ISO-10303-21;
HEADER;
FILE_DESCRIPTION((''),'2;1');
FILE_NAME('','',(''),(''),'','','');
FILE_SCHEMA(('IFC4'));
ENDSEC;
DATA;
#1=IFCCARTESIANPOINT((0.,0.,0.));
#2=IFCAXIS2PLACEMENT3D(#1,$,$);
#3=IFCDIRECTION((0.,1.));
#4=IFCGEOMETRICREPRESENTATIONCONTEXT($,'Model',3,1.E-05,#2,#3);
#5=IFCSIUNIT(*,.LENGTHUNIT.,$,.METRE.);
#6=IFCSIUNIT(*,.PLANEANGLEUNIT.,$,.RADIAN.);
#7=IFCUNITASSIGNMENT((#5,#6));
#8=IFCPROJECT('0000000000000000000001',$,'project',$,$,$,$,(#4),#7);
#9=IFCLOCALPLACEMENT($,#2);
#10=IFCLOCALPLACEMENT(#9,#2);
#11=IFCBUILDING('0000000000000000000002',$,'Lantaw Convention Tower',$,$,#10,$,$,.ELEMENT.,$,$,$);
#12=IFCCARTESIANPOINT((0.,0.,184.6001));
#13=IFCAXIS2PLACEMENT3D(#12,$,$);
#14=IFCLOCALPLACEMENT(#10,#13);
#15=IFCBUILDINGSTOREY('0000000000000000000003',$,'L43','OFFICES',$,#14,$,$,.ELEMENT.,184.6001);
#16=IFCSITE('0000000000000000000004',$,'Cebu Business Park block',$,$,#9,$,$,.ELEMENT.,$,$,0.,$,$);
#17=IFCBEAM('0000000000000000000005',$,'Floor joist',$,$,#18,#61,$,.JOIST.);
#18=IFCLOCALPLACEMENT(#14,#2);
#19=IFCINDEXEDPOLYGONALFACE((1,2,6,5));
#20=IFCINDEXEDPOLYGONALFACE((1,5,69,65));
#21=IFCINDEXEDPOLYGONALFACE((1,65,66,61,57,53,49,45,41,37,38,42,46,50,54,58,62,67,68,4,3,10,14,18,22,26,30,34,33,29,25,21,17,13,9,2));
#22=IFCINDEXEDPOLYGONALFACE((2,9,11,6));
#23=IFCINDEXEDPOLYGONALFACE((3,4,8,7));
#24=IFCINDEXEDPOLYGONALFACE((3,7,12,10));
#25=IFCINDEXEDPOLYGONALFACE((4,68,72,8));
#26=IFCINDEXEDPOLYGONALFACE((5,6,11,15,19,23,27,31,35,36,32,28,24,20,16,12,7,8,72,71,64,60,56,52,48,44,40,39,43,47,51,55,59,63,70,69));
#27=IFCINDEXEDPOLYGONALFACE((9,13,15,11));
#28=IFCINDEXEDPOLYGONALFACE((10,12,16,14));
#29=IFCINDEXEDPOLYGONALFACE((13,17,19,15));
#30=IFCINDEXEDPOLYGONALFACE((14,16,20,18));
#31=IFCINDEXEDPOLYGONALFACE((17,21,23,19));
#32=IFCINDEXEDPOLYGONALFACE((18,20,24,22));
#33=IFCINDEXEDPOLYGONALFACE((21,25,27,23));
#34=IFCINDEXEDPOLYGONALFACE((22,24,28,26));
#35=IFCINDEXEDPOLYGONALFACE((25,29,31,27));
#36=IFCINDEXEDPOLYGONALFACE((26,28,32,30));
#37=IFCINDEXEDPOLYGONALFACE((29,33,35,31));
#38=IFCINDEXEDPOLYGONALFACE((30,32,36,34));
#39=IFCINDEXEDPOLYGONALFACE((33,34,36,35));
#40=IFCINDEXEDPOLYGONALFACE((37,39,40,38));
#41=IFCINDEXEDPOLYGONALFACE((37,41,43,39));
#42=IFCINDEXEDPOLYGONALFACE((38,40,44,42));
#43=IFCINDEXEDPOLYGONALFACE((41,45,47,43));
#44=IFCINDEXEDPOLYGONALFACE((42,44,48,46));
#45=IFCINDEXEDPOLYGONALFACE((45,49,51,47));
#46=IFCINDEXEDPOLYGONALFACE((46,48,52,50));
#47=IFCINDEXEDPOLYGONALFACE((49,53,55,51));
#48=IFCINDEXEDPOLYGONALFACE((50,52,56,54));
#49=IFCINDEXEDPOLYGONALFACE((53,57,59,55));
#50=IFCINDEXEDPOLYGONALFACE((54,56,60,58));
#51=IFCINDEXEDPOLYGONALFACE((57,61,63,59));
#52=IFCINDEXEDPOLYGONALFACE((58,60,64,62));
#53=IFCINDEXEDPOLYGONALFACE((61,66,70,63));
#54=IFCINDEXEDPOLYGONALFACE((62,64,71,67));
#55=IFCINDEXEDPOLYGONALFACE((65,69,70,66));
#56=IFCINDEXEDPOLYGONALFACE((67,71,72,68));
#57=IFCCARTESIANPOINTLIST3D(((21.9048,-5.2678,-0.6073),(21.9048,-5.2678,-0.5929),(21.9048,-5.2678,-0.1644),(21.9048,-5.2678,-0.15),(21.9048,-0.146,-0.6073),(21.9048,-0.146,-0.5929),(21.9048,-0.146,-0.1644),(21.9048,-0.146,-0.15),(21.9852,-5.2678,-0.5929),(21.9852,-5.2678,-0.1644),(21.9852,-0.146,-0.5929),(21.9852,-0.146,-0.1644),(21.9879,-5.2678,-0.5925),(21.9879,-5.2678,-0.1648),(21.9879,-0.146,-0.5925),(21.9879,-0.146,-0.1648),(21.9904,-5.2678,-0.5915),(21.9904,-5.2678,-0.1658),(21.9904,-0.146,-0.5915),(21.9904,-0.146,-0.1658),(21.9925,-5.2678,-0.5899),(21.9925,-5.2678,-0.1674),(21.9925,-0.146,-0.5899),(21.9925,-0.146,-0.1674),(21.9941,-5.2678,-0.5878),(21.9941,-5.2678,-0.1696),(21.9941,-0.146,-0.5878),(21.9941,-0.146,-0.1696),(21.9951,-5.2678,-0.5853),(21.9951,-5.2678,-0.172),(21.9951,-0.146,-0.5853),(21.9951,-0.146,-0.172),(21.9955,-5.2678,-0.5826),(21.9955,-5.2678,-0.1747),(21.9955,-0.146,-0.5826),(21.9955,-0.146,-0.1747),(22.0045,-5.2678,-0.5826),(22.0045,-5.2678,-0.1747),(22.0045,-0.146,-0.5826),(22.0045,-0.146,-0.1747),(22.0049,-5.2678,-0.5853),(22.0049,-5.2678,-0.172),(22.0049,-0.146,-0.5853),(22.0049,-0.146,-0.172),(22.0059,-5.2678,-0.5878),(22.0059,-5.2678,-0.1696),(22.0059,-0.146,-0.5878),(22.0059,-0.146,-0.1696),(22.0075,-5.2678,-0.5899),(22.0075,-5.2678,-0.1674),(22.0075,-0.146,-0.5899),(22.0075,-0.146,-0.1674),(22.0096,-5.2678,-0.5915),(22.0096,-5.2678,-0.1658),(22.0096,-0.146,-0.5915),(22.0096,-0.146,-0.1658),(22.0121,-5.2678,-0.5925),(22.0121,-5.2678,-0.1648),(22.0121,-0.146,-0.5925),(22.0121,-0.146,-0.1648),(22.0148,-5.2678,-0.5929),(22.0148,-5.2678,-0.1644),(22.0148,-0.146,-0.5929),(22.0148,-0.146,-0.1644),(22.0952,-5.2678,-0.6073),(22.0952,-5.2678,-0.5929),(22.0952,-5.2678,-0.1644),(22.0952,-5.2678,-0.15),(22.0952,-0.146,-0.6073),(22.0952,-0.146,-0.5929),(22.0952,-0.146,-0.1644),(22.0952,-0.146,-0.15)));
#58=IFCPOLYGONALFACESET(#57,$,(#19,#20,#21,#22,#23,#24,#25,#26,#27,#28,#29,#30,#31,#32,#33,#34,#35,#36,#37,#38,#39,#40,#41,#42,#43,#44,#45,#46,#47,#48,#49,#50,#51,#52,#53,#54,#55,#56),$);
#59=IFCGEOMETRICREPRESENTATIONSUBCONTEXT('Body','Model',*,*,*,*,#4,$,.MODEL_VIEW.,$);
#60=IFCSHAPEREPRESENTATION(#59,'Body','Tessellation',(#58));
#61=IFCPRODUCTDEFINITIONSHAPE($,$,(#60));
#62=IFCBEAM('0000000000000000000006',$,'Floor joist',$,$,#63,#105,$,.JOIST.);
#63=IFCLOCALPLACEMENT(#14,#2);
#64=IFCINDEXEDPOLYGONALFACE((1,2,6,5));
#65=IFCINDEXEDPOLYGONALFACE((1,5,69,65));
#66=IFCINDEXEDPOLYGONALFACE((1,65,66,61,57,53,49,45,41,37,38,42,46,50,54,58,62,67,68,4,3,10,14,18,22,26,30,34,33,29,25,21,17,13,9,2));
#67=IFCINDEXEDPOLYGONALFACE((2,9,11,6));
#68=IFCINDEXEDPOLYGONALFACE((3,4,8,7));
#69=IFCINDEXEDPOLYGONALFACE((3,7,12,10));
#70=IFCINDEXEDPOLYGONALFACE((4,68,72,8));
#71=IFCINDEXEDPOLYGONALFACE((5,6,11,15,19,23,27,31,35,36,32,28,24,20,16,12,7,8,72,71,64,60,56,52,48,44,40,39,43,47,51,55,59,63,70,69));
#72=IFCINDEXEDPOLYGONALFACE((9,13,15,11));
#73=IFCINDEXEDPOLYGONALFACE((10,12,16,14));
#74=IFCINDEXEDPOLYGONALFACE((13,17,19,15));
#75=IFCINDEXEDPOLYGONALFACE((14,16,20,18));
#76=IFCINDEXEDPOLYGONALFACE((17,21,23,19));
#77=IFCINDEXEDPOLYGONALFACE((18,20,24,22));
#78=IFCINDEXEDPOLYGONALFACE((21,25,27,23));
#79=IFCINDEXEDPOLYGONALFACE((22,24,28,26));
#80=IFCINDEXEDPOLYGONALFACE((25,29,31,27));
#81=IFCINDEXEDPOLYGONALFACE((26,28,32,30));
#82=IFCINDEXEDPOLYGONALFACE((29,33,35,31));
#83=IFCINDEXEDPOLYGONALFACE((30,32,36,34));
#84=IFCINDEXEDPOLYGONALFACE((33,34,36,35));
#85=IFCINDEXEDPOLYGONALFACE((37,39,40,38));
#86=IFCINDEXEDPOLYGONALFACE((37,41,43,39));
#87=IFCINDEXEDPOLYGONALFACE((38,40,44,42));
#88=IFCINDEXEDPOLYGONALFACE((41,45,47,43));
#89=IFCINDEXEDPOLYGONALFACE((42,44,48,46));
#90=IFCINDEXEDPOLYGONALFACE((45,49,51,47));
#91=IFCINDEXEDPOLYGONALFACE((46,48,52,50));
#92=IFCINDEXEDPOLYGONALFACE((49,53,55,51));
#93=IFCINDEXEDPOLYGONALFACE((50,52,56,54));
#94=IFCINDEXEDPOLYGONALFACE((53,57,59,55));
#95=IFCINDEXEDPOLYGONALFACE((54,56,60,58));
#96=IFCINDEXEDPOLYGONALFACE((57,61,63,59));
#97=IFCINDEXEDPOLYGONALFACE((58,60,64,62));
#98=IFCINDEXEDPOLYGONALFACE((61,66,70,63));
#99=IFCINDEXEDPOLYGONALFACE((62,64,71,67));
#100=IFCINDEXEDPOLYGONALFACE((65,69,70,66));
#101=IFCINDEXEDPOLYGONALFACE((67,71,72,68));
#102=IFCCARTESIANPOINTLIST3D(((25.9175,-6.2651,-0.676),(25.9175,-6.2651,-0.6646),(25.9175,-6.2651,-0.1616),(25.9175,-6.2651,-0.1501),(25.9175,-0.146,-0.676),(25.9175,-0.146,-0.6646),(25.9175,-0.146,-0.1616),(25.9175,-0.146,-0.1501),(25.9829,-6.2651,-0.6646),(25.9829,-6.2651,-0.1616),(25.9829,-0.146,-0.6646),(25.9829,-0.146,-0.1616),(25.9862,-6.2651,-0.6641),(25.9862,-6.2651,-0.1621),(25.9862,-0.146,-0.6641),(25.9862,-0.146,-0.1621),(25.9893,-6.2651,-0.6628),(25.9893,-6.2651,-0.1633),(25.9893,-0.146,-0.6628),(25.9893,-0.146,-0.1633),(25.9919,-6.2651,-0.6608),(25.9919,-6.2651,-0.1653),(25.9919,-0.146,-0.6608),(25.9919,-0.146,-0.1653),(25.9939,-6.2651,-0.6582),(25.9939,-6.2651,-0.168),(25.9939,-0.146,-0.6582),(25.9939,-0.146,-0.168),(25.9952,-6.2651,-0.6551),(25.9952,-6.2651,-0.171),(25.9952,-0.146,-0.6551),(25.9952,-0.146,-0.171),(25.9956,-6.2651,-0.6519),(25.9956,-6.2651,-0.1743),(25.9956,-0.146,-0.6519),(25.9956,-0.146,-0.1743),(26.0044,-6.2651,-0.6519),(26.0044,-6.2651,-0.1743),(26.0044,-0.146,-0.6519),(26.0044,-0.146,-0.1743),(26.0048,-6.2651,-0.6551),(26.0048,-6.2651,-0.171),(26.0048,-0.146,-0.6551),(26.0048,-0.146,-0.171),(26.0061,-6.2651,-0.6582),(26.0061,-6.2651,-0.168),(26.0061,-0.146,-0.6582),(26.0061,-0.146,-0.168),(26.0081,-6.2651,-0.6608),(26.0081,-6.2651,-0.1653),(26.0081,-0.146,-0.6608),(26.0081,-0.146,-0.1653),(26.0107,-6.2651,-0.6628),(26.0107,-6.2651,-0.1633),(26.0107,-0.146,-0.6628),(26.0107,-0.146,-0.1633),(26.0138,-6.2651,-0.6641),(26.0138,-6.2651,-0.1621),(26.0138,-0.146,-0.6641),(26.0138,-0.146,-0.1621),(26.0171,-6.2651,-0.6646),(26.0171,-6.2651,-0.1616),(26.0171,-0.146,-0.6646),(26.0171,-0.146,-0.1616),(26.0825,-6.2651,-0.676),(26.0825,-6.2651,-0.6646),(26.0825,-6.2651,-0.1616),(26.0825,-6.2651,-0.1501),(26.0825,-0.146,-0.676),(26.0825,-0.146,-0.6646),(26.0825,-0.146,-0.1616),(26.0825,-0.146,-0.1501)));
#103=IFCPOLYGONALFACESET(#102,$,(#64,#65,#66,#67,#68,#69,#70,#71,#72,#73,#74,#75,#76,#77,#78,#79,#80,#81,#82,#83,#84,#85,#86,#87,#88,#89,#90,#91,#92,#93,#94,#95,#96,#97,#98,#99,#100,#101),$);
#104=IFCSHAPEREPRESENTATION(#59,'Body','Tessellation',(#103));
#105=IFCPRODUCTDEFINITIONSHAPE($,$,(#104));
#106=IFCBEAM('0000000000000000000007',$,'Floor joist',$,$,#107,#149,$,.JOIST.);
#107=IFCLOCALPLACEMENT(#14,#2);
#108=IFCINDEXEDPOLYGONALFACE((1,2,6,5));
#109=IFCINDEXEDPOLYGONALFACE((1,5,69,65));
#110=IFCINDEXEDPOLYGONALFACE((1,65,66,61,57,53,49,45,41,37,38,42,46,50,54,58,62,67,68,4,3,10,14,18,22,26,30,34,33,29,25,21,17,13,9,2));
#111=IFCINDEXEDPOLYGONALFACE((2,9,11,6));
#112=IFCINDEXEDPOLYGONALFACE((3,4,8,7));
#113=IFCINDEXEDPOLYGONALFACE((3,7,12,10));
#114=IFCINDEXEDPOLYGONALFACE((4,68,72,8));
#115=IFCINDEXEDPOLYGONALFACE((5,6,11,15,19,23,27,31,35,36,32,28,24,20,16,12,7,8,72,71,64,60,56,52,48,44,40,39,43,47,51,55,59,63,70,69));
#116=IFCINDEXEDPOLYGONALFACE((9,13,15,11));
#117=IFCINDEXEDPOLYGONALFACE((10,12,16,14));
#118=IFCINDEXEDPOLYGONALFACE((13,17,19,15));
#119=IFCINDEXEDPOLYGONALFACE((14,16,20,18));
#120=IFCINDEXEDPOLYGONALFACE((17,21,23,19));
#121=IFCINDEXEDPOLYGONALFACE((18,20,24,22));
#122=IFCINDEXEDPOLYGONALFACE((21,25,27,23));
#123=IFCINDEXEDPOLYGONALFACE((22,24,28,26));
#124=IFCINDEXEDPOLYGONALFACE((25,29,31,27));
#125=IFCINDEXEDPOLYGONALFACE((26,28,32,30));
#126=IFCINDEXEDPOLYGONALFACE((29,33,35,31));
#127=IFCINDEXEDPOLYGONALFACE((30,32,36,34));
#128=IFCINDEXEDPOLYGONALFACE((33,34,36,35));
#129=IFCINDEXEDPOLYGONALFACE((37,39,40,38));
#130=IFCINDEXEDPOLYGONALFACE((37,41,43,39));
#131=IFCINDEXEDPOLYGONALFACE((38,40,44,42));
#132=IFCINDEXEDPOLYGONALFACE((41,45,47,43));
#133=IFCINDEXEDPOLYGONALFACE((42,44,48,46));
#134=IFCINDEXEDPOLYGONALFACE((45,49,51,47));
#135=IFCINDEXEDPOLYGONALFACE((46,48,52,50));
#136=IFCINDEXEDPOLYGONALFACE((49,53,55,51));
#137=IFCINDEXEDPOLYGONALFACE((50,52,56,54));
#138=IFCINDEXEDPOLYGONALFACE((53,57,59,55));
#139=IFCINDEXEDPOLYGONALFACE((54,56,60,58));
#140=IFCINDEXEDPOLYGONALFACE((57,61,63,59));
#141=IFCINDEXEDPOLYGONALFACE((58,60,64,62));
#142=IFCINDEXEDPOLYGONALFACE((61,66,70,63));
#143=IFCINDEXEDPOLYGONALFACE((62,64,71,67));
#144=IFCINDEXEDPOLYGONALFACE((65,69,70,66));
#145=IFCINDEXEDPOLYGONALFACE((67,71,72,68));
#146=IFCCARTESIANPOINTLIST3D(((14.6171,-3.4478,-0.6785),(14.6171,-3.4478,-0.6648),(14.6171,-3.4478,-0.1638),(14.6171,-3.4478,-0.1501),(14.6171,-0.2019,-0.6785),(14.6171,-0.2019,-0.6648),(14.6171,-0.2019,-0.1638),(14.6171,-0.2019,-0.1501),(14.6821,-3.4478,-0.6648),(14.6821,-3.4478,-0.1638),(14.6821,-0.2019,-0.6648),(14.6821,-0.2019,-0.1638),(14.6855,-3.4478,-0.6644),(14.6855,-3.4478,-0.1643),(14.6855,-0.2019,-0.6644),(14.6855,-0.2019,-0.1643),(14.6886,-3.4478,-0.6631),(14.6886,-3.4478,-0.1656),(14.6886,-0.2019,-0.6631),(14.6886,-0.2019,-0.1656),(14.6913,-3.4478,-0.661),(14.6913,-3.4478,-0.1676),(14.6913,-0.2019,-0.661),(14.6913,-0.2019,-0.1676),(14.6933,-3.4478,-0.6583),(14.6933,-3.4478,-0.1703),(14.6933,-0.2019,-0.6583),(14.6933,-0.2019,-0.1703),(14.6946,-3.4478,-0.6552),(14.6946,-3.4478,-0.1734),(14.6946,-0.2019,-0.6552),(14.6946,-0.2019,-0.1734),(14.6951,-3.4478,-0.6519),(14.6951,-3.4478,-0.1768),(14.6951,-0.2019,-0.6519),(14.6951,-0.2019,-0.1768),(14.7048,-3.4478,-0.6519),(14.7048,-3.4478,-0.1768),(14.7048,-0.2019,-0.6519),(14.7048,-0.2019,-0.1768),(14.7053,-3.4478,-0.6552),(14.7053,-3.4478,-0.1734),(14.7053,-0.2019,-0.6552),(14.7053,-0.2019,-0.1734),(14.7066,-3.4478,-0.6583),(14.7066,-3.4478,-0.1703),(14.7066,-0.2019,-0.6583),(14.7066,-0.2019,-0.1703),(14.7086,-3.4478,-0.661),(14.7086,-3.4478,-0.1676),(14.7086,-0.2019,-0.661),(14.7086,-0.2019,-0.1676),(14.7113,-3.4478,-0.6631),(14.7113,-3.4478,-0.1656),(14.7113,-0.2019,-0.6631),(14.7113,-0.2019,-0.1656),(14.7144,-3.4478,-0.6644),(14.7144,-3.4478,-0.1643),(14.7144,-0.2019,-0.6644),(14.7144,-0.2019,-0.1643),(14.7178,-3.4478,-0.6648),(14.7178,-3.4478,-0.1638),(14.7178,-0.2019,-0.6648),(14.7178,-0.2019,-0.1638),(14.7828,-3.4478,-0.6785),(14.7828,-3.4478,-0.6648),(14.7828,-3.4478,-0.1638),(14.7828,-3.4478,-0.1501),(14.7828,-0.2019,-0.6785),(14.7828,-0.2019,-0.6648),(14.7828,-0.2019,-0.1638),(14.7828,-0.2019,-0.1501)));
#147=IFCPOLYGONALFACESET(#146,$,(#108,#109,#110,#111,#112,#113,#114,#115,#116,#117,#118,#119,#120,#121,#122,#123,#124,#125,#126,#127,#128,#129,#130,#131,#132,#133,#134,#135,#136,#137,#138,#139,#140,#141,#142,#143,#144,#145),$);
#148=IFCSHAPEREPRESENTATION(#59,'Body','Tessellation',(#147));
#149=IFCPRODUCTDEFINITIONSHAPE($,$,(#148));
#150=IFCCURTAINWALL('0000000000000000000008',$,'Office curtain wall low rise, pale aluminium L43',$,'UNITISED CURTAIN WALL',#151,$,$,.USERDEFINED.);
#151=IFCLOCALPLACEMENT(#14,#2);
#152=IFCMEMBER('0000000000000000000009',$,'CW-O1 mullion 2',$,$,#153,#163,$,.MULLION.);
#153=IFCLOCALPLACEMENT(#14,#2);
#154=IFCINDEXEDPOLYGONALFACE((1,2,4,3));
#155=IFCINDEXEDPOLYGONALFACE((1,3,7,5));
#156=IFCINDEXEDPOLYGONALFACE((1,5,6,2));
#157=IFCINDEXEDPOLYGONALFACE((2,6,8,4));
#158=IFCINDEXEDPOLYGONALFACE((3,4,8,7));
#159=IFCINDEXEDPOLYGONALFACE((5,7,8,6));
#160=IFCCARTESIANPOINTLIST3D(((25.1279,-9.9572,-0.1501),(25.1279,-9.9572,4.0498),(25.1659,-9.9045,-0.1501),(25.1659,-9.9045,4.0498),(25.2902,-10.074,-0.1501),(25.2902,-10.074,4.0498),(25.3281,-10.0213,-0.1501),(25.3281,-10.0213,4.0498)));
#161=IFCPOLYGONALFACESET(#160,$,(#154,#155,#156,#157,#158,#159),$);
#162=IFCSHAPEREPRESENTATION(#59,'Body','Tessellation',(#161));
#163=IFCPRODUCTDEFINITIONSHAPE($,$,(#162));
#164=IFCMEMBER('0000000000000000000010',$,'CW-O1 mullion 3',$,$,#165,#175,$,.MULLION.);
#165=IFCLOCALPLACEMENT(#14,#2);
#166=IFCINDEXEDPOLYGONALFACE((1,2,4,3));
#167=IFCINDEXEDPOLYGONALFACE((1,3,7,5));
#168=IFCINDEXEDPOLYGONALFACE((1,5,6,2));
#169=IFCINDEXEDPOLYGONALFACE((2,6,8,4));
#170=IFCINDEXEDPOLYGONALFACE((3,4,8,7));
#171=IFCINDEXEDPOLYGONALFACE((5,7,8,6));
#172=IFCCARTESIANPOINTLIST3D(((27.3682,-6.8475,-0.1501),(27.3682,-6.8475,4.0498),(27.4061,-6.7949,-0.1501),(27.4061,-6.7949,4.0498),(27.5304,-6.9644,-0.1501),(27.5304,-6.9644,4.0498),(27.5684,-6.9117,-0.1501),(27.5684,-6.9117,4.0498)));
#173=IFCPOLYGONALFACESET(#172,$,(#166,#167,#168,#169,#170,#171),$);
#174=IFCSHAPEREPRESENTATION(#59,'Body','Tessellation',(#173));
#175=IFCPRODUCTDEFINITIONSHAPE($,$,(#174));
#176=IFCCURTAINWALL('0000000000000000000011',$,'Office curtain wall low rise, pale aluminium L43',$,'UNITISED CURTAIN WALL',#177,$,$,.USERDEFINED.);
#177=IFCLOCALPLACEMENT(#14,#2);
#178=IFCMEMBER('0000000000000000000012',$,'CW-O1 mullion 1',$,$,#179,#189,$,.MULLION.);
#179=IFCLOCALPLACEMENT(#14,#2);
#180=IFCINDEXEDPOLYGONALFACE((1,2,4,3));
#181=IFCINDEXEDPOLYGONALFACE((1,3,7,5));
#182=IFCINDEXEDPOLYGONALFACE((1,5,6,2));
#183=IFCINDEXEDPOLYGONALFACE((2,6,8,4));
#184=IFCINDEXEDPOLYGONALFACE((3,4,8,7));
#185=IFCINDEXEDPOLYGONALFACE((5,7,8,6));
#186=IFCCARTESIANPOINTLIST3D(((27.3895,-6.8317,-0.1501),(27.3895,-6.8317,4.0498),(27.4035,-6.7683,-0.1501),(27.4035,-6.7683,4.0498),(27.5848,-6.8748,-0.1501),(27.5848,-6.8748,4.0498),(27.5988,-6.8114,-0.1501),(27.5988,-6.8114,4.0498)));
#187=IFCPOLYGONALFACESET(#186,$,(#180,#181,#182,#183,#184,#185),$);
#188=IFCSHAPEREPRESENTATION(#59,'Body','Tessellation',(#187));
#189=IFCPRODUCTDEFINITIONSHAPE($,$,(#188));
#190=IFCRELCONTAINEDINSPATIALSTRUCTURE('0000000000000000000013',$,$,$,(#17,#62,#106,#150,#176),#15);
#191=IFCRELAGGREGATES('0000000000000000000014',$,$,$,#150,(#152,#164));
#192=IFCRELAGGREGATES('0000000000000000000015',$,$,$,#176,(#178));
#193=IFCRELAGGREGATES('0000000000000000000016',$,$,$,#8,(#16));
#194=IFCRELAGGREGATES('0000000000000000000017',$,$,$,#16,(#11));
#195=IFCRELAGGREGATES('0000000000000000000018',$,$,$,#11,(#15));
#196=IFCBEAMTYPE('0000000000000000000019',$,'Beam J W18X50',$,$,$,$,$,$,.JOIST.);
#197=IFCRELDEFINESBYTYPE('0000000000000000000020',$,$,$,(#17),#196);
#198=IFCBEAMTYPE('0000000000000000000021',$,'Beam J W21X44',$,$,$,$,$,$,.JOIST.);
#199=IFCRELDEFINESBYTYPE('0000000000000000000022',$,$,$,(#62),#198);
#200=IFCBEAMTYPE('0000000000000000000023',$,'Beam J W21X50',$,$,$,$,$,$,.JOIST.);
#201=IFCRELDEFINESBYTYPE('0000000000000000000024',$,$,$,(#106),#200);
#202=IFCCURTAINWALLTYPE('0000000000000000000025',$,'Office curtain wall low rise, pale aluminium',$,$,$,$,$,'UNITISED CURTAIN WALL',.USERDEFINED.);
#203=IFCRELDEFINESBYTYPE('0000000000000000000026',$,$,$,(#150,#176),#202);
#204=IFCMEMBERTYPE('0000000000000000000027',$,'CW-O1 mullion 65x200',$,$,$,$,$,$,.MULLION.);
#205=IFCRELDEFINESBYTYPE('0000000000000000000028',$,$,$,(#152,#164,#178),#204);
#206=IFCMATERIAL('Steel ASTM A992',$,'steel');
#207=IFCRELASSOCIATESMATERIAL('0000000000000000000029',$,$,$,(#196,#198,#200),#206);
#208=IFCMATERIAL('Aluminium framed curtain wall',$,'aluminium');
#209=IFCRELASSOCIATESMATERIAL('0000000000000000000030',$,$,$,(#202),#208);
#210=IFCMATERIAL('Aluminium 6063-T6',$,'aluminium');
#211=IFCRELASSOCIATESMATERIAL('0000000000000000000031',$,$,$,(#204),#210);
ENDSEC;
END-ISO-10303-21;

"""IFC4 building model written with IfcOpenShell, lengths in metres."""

from ifc_helpers import new_model, si_unit, direction, frame, origin, origin_2d, place, context, subcontext, project, spatial, rectangle, i_section, extrude, material, material_profile, profile_set, type_object, element, aggregate, save


model = new_model("IFC4")

# Units and contexts
model_context = context("Model", 3, precision=1e-05, world=origin(), true_north=direction((0.0, 1.0)))
body_context = subcontext(model_context, "Body", "Model", "MODEL_VIEW")
ifc_project = project(units=[si_unit("LENGTHUNIT", "METRE"), si_unit("PLANEANGLEUNIT", "RADIAN")], contexts=[model_context])

# Site, building, storey
site_placement = place(None, origin())
site = spatial("IfcSite", under=ifc_project, at=site_placement, Name="Cebu Business Park block", CompositionType="ELEMENT", RefElevation=0.0)
building_placement = place(site_placement, origin())
building = spatial("IfcBuilding", under=site, at=building_placement, Name="Lantaw Convention Tower", CompositionType="ELEMENT")
storey_placement = place(building_placement, frame((0.0, 0.0, 184.6001)))
storey = spatial("IfcBuildingStorey", under=building, at=storey_placement, Name="L43", Description="OFFICES", CompositionType="ELEMENT", Elevation=184.6001)

# Beams
ifc_material_1 = material(Name="Steel ASTM A992", Category="steel")
ifc_material_profile_1 = material_profile(ifc_material_1, i_section(OverallWidth=0.1904, OverallDepth=0.4573, WebThickness=0.009, FlangeThickness=0.0144, FilletRadius=0.0103, at=origin_2d()), Name="W18X50")
ifc_profile_set_1 = profile_set([ifc_material_profile_1], Name="Steel ASTM A992")
beam_type_1 = type_object("IfcBeamType", Name="Beam J W18X50", PredefinedType="JOIST", material=ifc_profile_set_1)
beam_1_placement = place(storey_placement, frame((22.0, -5.2678, -0.3787), z_axis=(0.0, 1.0, 0.0), x_axis=(-1.0, 0.0, 0.0)))
element("IfcBeam", 1, at=beam_1_placement, inside=storey, type_object=beam_type_1, Name="Floor joist", PredefinedType="JOIST", context=body_context, shape_type="SweptSolid", body=[
    extrude(i_section(OverallWidth=0.1904, OverallDepth=0.4573, WebThickness=0.009, FlangeThickness=0.0144, FilletRadius=0.0103, at=origin_2d()), origin(), (0.0, 0.0, 1.0), 5.1218),
])
ifc_material_profile_2 = material_profile(ifc_material_1, i_section(OverallWidth=0.165, OverallDepth=0.5259, WebThickness=0.0088, FlangeThickness=0.0115, FilletRadius=0.0127, at=origin_2d()), Name="W21X44")
ifc_profile_set_2 = profile_set([ifc_material_profile_2], Name="Steel ASTM A992")
beam_type_2 = type_object("IfcBeamType", Name="Beam J W21X44", PredefinedType="JOIST", material=ifc_profile_set_2)
beam_2_placement = place(storey_placement, frame((26.0, -6.2651, -0.4131), z_axis=(0.0, 1.0, 0.0), x_axis=(-1.0, 0.0, 0.0)))
element("IfcBeam", 2, at=beam_2_placement, inside=storey, type_object=beam_type_2, Name="Floor joist", PredefinedType="JOIST", context=body_context, shape_type="SweptSolid", body=[
    extrude(i_section(OverallWidth=0.165, OverallDepth=0.5259, WebThickness=0.0088, FlangeThickness=0.0115, FilletRadius=0.0127, at=origin_2d()), origin(), (0.0, 0.0, 1.0), 6.1191),
])
ifc_material_profile_3 = material_profile(ifc_material_1, i_section(OverallWidth=0.1658, OverallDepth=0.5283, WebThickness=0.0098, FlangeThickness=0.0137, FilletRadius=0.0129, at=origin_2d()), Name="W21X50")
ifc_profile_set_3 = profile_set([ifc_material_profile_3], Name="Steel ASTM A992")
beam_type_3 = type_object("IfcBeamType", Name="Beam J W21X50", PredefinedType="JOIST", material=ifc_profile_set_3)
beam_3_placement = place(storey_placement, frame((14.7, -3.4478, -0.4143), z_axis=(0.0, 1.0, 0.0), x_axis=(-1.0, 0.0, 0.0)))
element("IfcBeam", 3, at=beam_3_placement, inside=storey, type_object=beam_type_3, Name="Floor joist", PredefinedType="JOIST", context=body_context, shape_type="SweptSolid", body=[
    extrude(i_section(OverallWidth=0.1658, OverallDepth=0.5283, WebThickness=0.0098, FlangeThickness=0.0137, FilletRadius=0.0129, at=origin_2d()), origin(), (0.0, 0.0, 1.0), 3.2458),
])

# Curtain walls, members
ifc_material_2 = material(Name="Aluminium framed curtain wall", Category="aluminium")
curtain_wall_type = type_object("IfcCurtainWallType", Name="Office curtain wall low rise, pale aluminium", ElementType="UNITISED CURTAIN WALL", PredefinedType="USERDEFINED", material=ifc_material_2)
curtain_wall_1_placement = place(storey_placement, origin())
curtain_wall_1 = element("IfcCurtainWall", 4, at=curtain_wall_1_placement, inside=storey, type_object=curtain_wall_type, Name="Office curtain wall low rise, pale aluminium L43", ObjectType="UNITISED CURTAIN WALL", PredefinedType="USERDEFINED")
ifc_material_3 = material(Name="Aluminium 6063-T6", Category="aluminium")
ifc_material_profile_4 = material_profile(ifc_material_3, rectangle(XDim=0.2, YDim=0.0649, at=origin_2d()), Name="CW-O1 mullion 65x200")
ifc_profile_set_4 = profile_set([ifc_material_profile_4], Name="Aluminium 6063-T6")
member_type_1 = type_object("IfcMemberType", Name="CW-O1 mullion 65x200", PredefinedType="MULLION", material=ifc_profile_set_4)
member_1_placement = place(storey_placement, frame((25.228, -9.9893, -0.1501), z_axis=(0.0, 0.0, 1.0), x_axis=(-0.811385, 0.584513, 0.0)))
member_1 = element("IfcMember", 5, at=member_1_placement, type_object=member_type_1, Name="CW-O1 mullion 2", PredefinedType="MULLION", context=body_context, shape_type="SweptSolid", body=[
    extrude(rectangle(XDim=0.2, YDim=0.0649, at=origin_2d()), origin(), (0.0, 0.0, 1.0), 4.2),
])
member_2_placement = place(storey_placement, frame((27.4683, -6.8796, -0.1501), z_axis=(0.0, 0.0, 1.0), x_axis=(-0.811385, 0.584513, 0.0)))
member_2 = element("IfcMember", 6, at=member_2_placement, type_object=member_type_1, Name="CW-O1 mullion 3", PredefinedType="MULLION", context=body_context, shape_type="SweptSolid", body=[
    extrude(rectangle(XDim=0.2, YDim=0.0649, at=origin_2d()), origin(), (0.0, 0.0, 1.0), 4.2),
])
curtain_wall_2_placement = place(storey_placement, origin())
curtain_wall_2 = element("IfcCurtainWall", 7, at=curtain_wall_2_placement, inside=storey, type_object=curtain_wall_type, Name="Office curtain wall low rise, pale aluminium L43", ObjectType="UNITISED CURTAIN WALL", PredefinedType="USERDEFINED")
member_3_placement = place(storey_placement, frame((27.4941, -6.8215, -0.1501), z_axis=(0.0, 0.0, 1.0), x_axis=(-0.976494, 0.215546, 0.0)))
member_3 = element("IfcMember", 8, at=member_3_placement, type_object=member_type_1, Name="CW-O1 mullion 1", PredefinedType="MULLION", context=body_context, shape_type="SweptSolid", body=[
    extrude(rectangle(XDim=0.2, YDim=0.0649, at=origin_2d()), origin(), (0.0, 0.0, 1.0), 4.2),
])

aggregate(curtain_wall_1, [member_1, member_2])
aggregate(curtain_wall_2, [member_3])

save(model, "model.ifc")
